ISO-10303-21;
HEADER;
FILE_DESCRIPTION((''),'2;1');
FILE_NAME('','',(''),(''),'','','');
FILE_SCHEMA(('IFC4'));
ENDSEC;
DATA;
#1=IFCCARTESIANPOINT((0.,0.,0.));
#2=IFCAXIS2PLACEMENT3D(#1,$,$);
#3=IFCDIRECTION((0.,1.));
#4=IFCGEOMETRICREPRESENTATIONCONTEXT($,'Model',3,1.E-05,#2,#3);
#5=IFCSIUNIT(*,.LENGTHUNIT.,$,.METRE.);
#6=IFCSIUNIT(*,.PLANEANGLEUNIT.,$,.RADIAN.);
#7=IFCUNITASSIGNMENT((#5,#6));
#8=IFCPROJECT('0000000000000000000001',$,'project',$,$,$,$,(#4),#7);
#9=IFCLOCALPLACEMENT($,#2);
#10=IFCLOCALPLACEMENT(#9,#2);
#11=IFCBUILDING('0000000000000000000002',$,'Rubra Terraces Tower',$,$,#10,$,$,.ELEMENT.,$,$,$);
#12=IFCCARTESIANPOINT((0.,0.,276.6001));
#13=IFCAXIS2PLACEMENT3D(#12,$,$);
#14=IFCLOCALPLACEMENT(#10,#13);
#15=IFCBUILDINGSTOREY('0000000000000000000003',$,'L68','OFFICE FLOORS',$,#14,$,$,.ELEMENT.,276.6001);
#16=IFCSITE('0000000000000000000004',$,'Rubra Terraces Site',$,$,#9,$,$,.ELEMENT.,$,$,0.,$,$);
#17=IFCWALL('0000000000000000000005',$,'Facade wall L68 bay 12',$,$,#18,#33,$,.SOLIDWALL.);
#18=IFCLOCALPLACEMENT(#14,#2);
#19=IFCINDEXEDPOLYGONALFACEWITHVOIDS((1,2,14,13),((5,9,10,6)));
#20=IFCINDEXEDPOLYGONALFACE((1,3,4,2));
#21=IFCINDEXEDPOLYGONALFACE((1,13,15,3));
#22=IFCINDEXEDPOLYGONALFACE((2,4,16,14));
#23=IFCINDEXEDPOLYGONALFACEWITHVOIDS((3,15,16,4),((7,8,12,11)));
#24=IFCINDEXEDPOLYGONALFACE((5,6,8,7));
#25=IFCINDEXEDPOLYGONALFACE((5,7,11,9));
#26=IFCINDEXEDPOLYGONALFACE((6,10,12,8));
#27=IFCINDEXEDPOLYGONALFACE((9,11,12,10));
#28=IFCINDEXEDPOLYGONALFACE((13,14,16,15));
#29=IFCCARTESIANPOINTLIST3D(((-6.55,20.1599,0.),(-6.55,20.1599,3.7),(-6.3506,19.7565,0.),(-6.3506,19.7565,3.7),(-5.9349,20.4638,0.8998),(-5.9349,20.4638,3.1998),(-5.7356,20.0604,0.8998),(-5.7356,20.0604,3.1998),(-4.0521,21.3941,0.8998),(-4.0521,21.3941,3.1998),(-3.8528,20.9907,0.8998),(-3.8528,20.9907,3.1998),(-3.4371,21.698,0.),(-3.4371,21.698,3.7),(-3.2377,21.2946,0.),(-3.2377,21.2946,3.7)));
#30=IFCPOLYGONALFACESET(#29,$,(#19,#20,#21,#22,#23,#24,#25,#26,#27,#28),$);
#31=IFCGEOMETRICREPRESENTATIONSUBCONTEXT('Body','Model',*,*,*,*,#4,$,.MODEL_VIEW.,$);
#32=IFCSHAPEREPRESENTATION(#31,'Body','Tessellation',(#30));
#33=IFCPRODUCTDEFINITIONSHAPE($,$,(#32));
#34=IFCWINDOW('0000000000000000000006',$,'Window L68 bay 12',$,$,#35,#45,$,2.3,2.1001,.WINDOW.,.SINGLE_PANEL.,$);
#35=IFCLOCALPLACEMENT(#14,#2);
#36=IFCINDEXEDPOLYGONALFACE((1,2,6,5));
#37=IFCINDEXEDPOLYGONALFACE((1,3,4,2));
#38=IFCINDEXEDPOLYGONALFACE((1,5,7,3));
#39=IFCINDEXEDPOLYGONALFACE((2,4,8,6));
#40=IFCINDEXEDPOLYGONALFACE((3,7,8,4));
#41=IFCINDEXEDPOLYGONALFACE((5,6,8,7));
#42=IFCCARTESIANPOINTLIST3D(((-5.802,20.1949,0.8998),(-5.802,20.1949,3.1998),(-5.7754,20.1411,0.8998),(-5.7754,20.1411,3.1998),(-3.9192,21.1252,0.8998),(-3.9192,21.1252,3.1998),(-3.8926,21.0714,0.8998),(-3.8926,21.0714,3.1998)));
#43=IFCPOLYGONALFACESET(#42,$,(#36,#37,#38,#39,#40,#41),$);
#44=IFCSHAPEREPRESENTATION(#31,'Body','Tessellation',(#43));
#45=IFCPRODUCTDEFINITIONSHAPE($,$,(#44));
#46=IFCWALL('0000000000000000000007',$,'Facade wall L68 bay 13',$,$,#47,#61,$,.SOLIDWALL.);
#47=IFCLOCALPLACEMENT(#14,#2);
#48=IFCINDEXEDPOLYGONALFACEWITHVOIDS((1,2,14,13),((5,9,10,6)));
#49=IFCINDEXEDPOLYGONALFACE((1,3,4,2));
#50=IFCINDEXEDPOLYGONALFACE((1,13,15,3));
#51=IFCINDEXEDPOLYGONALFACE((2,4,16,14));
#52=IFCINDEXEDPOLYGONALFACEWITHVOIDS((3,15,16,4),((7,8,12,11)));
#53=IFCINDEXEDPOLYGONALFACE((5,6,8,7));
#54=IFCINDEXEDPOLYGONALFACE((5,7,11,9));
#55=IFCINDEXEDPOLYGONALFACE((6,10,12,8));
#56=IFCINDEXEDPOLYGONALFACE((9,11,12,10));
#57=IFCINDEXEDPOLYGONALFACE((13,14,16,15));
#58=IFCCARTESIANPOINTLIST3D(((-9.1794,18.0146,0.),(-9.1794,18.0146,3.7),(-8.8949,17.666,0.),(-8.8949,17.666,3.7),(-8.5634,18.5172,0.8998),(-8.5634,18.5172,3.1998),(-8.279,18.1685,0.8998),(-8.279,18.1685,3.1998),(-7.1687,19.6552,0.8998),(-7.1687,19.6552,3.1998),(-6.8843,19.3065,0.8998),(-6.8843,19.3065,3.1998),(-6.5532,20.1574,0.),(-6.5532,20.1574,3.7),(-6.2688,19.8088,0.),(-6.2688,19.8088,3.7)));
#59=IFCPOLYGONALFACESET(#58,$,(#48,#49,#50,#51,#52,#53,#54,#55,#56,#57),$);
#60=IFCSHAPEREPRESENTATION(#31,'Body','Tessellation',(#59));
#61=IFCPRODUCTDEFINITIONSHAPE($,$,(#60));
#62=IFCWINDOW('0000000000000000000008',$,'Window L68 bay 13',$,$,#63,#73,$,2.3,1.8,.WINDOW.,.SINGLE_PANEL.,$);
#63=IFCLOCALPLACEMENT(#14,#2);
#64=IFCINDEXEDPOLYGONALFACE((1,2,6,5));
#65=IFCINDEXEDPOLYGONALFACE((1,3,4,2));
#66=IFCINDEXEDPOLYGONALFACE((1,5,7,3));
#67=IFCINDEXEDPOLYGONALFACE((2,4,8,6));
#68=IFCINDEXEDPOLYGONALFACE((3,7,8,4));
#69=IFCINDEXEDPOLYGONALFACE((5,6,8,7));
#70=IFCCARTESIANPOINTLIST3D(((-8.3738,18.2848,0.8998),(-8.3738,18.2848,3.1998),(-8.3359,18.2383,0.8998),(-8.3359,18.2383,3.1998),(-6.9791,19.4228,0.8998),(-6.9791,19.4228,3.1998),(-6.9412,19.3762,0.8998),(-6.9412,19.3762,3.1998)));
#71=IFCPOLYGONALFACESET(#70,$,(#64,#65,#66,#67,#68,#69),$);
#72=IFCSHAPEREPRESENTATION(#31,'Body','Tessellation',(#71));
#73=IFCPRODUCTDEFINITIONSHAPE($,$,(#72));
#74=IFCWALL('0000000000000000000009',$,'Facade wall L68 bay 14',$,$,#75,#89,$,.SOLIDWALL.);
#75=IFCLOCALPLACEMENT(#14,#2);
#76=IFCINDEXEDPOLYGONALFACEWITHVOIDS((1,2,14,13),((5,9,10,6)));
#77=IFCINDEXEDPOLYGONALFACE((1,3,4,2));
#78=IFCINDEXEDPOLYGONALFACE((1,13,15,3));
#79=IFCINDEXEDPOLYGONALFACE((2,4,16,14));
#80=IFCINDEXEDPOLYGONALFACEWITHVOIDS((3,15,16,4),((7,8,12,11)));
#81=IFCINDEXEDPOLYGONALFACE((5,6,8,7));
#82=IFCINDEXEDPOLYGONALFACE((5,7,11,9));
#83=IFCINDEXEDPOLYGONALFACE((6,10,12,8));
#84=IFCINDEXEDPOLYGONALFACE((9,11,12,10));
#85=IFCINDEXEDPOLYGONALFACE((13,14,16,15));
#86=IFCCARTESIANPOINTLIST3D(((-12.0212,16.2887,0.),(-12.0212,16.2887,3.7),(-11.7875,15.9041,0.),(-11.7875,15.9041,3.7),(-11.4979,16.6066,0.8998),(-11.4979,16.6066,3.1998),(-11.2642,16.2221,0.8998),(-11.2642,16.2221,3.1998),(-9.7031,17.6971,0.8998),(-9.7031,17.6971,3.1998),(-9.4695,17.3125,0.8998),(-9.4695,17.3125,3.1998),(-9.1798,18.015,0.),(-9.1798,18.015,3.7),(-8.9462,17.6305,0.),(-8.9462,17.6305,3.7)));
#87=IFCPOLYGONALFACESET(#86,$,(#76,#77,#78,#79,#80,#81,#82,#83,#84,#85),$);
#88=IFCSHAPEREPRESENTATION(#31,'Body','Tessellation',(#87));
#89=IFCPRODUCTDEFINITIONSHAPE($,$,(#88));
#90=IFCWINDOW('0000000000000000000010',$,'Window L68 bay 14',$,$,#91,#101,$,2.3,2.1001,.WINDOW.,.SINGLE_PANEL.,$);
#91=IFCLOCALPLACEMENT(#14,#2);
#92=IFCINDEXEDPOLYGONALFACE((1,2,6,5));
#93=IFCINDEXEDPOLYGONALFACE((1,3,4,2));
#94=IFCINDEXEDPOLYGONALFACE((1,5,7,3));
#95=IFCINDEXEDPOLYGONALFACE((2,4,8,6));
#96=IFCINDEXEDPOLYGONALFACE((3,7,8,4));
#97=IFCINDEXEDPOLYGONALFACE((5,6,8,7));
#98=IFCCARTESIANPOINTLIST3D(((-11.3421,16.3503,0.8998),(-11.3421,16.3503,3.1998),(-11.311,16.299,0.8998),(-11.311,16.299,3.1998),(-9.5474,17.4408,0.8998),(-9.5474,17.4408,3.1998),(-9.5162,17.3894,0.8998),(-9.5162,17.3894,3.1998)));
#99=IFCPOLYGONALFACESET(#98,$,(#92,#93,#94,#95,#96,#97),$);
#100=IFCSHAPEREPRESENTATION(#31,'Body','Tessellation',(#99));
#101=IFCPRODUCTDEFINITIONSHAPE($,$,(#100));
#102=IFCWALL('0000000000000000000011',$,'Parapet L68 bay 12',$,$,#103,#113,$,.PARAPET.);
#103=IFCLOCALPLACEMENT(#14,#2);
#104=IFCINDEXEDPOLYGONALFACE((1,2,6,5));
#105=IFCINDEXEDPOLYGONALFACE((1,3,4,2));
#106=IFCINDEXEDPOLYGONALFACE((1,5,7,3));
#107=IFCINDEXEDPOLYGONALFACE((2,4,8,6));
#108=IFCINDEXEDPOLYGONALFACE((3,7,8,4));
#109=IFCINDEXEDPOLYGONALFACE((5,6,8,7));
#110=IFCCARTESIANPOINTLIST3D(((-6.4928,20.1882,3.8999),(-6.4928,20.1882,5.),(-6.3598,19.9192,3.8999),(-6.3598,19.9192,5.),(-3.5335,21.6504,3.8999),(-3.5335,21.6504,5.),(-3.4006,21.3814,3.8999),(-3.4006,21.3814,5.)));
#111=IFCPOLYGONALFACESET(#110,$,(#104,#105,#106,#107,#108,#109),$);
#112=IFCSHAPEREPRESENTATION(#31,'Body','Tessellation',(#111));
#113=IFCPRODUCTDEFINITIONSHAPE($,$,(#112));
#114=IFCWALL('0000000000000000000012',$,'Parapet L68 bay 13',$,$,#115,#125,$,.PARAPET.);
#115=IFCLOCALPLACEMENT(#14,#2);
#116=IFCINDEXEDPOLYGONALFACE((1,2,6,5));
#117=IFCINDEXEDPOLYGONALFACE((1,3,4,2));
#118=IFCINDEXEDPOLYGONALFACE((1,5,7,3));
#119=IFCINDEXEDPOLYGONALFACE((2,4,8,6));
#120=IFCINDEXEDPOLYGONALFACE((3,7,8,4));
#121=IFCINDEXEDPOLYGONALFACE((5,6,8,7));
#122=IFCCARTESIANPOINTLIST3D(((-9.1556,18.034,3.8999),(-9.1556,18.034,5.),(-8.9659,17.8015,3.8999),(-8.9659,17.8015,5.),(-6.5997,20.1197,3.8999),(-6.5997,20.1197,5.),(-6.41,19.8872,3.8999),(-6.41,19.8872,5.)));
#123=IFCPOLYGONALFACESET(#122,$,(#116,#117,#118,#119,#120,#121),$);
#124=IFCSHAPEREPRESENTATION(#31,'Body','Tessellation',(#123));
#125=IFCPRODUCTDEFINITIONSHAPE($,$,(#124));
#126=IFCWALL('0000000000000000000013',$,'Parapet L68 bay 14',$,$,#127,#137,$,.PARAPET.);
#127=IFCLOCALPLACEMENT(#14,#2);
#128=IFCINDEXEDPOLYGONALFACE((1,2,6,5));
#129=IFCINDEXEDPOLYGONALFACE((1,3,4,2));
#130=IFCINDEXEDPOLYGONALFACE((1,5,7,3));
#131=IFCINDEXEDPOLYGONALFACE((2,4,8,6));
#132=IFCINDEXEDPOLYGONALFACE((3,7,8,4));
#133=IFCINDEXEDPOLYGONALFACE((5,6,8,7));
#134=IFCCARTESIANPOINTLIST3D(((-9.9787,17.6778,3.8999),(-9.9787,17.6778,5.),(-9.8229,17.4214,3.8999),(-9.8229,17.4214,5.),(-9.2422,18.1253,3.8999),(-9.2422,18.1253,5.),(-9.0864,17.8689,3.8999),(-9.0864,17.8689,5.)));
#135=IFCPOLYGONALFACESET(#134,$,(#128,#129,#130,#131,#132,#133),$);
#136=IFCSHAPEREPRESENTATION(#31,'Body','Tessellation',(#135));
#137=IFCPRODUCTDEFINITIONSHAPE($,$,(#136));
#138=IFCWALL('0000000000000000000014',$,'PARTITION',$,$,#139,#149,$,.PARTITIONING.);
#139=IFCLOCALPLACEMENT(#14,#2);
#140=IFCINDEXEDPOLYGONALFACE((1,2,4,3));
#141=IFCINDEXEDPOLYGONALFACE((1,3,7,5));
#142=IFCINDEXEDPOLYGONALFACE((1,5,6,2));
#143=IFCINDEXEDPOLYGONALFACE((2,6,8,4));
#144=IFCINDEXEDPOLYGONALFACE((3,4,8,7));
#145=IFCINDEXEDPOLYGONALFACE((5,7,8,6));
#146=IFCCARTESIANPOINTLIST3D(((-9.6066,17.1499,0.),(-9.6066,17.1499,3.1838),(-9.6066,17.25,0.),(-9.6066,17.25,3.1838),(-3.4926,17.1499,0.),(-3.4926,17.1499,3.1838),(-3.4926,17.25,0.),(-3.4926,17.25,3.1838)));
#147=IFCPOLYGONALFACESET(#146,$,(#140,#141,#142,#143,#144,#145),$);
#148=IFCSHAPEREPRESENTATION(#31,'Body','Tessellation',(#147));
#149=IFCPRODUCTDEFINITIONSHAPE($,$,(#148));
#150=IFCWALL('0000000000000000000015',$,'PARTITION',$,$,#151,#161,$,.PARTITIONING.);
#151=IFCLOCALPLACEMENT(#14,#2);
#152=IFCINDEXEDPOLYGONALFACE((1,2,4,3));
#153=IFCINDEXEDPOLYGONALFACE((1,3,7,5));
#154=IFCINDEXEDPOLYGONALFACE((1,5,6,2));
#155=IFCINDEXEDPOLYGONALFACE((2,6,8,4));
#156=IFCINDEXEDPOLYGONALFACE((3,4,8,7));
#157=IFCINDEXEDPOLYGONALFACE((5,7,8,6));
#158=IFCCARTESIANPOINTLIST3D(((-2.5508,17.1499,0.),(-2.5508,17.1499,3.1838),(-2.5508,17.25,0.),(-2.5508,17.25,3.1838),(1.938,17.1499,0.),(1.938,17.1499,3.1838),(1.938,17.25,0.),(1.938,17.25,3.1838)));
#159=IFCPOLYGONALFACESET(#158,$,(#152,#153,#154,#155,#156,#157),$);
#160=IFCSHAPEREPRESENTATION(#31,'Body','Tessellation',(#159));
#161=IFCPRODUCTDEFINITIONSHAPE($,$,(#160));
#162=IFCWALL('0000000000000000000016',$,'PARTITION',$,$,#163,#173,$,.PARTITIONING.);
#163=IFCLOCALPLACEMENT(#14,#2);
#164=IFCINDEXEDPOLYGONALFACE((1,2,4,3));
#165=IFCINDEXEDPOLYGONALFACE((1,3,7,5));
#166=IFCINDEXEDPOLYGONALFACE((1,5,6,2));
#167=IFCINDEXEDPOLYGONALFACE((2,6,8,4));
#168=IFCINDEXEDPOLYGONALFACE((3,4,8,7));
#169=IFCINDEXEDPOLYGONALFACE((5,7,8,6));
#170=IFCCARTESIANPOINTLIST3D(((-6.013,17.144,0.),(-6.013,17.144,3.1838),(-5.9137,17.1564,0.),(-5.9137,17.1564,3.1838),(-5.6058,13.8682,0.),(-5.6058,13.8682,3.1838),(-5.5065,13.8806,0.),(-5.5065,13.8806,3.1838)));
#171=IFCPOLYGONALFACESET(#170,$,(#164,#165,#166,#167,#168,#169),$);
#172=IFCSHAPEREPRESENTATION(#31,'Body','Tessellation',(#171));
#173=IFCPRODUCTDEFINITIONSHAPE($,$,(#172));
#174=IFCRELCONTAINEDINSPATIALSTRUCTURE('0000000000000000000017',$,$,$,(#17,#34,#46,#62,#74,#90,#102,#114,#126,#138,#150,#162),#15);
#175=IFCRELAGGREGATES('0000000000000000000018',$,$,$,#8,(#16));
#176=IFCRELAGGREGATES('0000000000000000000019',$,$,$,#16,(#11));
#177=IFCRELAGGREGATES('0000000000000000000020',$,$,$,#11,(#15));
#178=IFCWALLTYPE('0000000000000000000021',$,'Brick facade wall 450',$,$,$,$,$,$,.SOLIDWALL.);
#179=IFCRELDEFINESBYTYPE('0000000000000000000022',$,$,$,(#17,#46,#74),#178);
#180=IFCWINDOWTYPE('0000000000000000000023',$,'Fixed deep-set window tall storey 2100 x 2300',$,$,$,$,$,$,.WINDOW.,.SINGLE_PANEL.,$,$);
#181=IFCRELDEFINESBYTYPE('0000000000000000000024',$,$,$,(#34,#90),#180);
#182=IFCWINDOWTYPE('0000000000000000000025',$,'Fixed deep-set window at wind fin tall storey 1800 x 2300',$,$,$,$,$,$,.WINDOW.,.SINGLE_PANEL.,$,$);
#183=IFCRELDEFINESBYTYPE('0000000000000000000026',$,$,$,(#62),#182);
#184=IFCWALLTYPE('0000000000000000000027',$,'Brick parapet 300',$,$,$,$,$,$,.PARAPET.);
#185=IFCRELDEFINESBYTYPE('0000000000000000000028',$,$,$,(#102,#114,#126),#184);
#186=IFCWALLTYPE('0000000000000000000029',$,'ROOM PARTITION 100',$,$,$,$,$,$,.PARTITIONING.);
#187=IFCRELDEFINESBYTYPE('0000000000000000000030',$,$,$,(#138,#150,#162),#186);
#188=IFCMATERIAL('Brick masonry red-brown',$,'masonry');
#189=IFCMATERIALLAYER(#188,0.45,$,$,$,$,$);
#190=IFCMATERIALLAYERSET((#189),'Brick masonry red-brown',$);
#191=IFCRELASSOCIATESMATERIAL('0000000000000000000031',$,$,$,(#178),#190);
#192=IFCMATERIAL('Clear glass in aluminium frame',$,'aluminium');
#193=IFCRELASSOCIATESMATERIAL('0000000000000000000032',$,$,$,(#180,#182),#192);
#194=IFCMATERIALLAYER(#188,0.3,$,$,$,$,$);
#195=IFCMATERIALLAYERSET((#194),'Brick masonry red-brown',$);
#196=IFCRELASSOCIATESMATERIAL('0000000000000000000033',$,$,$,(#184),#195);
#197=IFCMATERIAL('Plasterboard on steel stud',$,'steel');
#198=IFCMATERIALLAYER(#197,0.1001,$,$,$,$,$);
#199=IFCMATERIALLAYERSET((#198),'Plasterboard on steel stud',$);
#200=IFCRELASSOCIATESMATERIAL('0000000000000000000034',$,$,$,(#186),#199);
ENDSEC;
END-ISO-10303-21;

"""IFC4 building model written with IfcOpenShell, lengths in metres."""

from ifc_helpers import new_model, si_unit, direction, frame, frame_2d, origin, place, context, subcontext, project, spatial, rectangle, extrude, material, layer, layer_set, type_object, element, fill, save


model = new_model("IFC4")

# Units and contexts
model_context = context("Model", 3, precision=1e-05, world=origin(), true_north=direction((0.0, 1.0)))
body_context = subcontext(model_context, "Body", "Model", "MODEL_VIEW")
ifc_project = project(units=[si_unit("LENGTHUNIT", "METRE"), si_unit("PLANEANGLEUNIT", "RADIAN")], contexts=[model_context])

# Site, building, storey
site_placement = place(None, origin())
site = spatial("IfcSite", under=ifc_project, at=site_placement, Name="Rubra Terraces Site", CompositionType="ELEMENT", RefElevation=0.0)
building_placement = place(site_placement, origin())
building = spatial("IfcBuilding", under=site, at=building_placement, Name="Rubra Terraces Tower", CompositionType="ELEMENT")
storey_placement = place(building_placement, frame((0.0, 0.0, 276.6001)))
storey = spatial("IfcBuildingStorey", under=building, at=storey_placement, Name="L68", Description="OFFICE FLOORS", CompositionType="ELEMENT", Elevation=276.6001)

# Walls, openings, windows
ifc_material_1 = material(Name="Brick masonry red-brown", Category="masonry")
ifc_layer_1 = layer(ifc_material_1, 0.45)
ifc_layer_set_1 = layer_set([ifc_layer_1], Name="Brick masonry red-brown")
wall_type_1 = type_object("IfcWallType", Name="Brick facade wall 450", PredefinedType="SOLIDWALL", material=ifc_layer_set_1)
wall_1_placement = place(storey_placement, frame((-3.3374, 21.4963, 0.0), z_axis=(0.0, 0.0, 1.0), x_axis=(-0.896527, -0.44299, 0.0)))
wall_1 = element("IfcWall", 1, at=wall_1_placement, inside=storey, type_object=wall_type_1, Name="Facade wall L68 bay 12", PredefinedType="SOLIDWALL", context=body_context, shape_type="SweptSolid", body=[
    extrude(rectangle(XDim=3.4722, YDim=0.45, at=frame_2d((1.7361, 0.0))), origin(), (0.0, 0.0, 1.0), 3.7),
])
opening_1_placement = place(wall_1_placement, frame((0.686, 0.0, 0.8999)))
opening_1 = element("IfcOpeningElement", 2, at=opening_1_placement, cuts=wall_1, PredefinedType="OPENING", context=body_context, shape_type="SweptSolid", body=[
    extrude(rectangle(XDim=2.1001, YDim=2.3, at=frame_2d((1.05, 1.1499))), frame((0.0, 0.2349, 0.0), z_axis=(0.0, -1.0, 0.0), x_axis=(1.0, 0.0, 0.0)), (0.0, 0.0, 1.0), 0.47),
])
ifc_material_2 = material(Name="Clear glass in aluminium frame", Category="aluminium")
window_type_1 = type_object("IfcWindowType", Name="Fixed deep-set window tall storey 2100 x 2300", PartitioningType="SINGLE_PANEL", PredefinedType="WINDOW", material=ifc_material_2)
window_1_placement = place(opening_1_placement, origin())
window_1 = element("IfcWindow", 3, at=window_1_placement, inside=storey, type_object=window_type_1, Name="Window L68 bay 12", OverallHeight=2.3, OverallWidth=2.1001, PartitioningType="SINGLE_PANEL", PredefinedType="WINDOW", context=body_context, shape_type="SweptSolid", body=[
    extrude(rectangle(XDim=2.1001, YDim=2.3, at=frame_2d((1.05, 1.1499))), frame((0.0, 0.135, 0.0), z_axis=(0.0, -1.0, 0.0), x_axis=(1.0, 0.0, 0.0)), (0.0, 0.0, 1.0), 0.0601),
])
fill(opening_1, window_1)
wall_2_placement = place(storey_placement, frame((-6.4109, 19.9832, 0.0), z_axis=(0.0, 0.0, 1.0), x_axis=(-0.77481, -0.632194, 0.0)))
wall_2 = element("IfcWall", 4, at=wall_2_placement, inside=storey, type_object=wall_type_1, Name="Facade wall L68 bay 13", PredefinedType="SOLIDWALL", context=body_context, shape_type="SweptSolid", body=[
    extrude(rectangle(XDim=3.3894, YDim=0.45, at=frame_2d((1.6948, 0.0))), origin(), (0.0, 0.0, 1.0), 3.7),
])
opening_2_placement = place(wall_2_placement, frame((0.7947, 0.0, 0.8999)))
opening_2 = element("IfcOpeningElement", 5, at=opening_2_placement, cuts=wall_2, PredefinedType="OPENING", context=body_context, shape_type="SweptSolid", body=[
    extrude(rectangle(XDim=1.8, YDim=2.3, at=frame_2d((0.8999, 1.1499))), frame((0.0, 0.2349, 0.0), z_axis=(0.0, -1.0, 0.0), x_axis=(1.0, 0.0, 0.0)), (0.0, 0.0, 1.0), 0.47),
])
window_type_2 = type_object("IfcWindowType", Name="Fixed deep-set window at wind fin tall storey 1800 x 2300", PartitioningType="SINGLE_PANEL", PredefinedType="WINDOW", material=ifc_material_2)
window_2_placement = place(opening_2_placement, origin())
window_2 = element("IfcWindow", 6, at=window_2_placement, inside=storey, type_object=window_type_2, Name="Window L68 bay 13", OverallHeight=2.3, OverallWidth=1.8, PartitioningType="SINGLE_PANEL", PredefinedType="WINDOW", context=body_context, shape_type="SweptSolid", body=[
    extrude(rectangle(XDim=1.8, YDim=2.3, at=frame_2d((0.8999, 1.1499))), frame((0.0, 0.135, 0.0), z_axis=(0.0, -1.0, 0.0), x_axis=(1.0, 0.0, 0.0)), (0.0, 0.0, 1.0), 0.0601),
])
fill(opening_2, window_2)
wall_3_placement = place(storey_placement, frame((-9.063, 17.8228, 0.0), z_axis=(0.0, 0.0, 1.0), x_axis=(-0.854622, -0.51925, 0.0)))
wall_3 = element("IfcWall", 7, at=wall_3_placement, inside=storey, type_object=wall_type_1, Name="Facade wall L68 bay 14", PredefinedType="SOLIDWALL", context=body_context, shape_type="SweptSolid", body=[
    extrude(rectangle(XDim=3.3247, YDim=0.45, at=frame_2d((1.6624, 0.0))), origin(), (0.0, 0.0, 1.0), 3.7),
])
opening_3_placement = place(wall_3_placement, frame((0.6123, 0.0, 0.8999)))
opening_3 = element("IfcOpeningElement", 8, at=opening_3_placement, cuts=wall_3, PredefinedType="OPENING", context=body_context, shape_type="SweptSolid", body=[
    extrude(rectangle(XDim=2.1001, YDim=2.3, at=frame_2d((1.05, 1.1499))), frame((0.0, 0.2349, 0.0), z_axis=(0.0, -1.0, 0.0), x_axis=(1.0, 0.0, 0.0)), (0.0, 0.0, 1.0), 0.47),
])
window_3_placement = place(opening_3_placement, origin())
window_3 = element("IfcWindow", 9, at=window_3_placement, inside=storey, type_object=window_type_1, Name="Window L68 bay 14", OverallHeight=2.3, OverallWidth=2.1001, PartitioningType="SINGLE_PANEL", PredefinedType="WINDOW", context=body_context, shape_type="SweptSolid", body=[
    extrude(rectangle(XDim=2.1001, YDim=2.3, at=frame_2d((1.05, 1.1499))), frame((0.0, 0.135, 0.0), z_axis=(0.0, -1.0, 0.0), x_axis=(1.0, 0.0, 0.0)), (0.0, 0.0, 1.0), 0.0601),
])
fill(opening_3, window_3)

# Walls
ifc_layer_2 = layer(ifc_material_1, 0.3)
ifc_layer_set_2 = layer_set([ifc_layer_2], Name="Brick masonry red-brown")
wall_type_2 = type_object("IfcWallType", Name="Brick parapet 300", PredefinedType="PARAPET", material=ifc_layer_set_2)
wall_4_placement = place(storey_placement, frame((-3.467, 21.5159, 3.8999), z_axis=(0.0, 0.0, 1.0), x_axis=(-0.896533, -0.442978, 0.0)))
element("IfcWall", 10, at=wall_4_placement, inside=storey, type_object=wall_type_2, Name="Parapet L68 bay 12", PredefinedType="PARAPET", context=body_context, shape_type="SweptSolid", body=[
    extrude(rectangle(XDim=3.3008, YDim=0.3, at=frame_2d((1.6504, 0.0))), origin(), (0.0, 0.0, 1.0), 1.1001),
])
wall_5_placement = place(storey_placement, frame((-6.5049, 20.0034, 3.8999), z_axis=(0.0, 0.0, 1.0), x_axis=(-0.774774, -0.632238, 0.0)))
element("IfcWall", 11, at=wall_5_placement, inside=storey, type_object=wall_type_2, Name="Parapet L68 bay 13", PredefinedType="PARAPET", context=body_context, shape_type="SweptSolid", body=[
    extrude(rectangle(XDim=3.2988, YDim=0.3, at=frame_2d((1.6494, 0.0))), origin(), (0.0, 0.0, 1.0), 1.1001),
])
wall_6_placement = place(storey_placement, frame((-9.1643, 17.9971, 3.8999), z_axis=(0.0, 0.0, 1.0), x_axis=(-0.85463, -0.519237, 0.0)))
element("IfcWall", 12, at=wall_6_placement, inside=storey, type_object=wall_type_2, Name="Parapet L68 bay 14", PredefinedType="PARAPET", context=body_context, shape_type="SweptSolid", body=[
    extrude(rectangle(XDim=0.8618, YDim=0.3, at=frame_2d((0.4309, 0.0))), origin(), (0.0, 0.0, 1.0), 1.1001),
])
ifc_material_3 = material(Name="Plasterboard on steel stud", Category="steel")
ifc_layer_3 = layer(ifc_material_3, 0.1001)
ifc_layer_set_3 = layer_set([ifc_layer_3], Name="Plasterboard on steel stud")
wall_type_3 = type_object("IfcWallType", Name="ROOM PARTITION 100", PredefinedType="PARTITIONING", material=ifc_layer_set_3)
wall_7_placement = place(storey_placement, frame((-9.6067, 17.2, 0.0), z_axis=(0.0, 0.0, 1.0), x_axis=(1.0, 0.0, 0.0)))
element("IfcWall", 13, at=wall_7_placement, inside=storey, type_object=wall_type_3, Name="PARTITION", PredefinedType="PARTITIONING", context=body_context, shape_type="SweptSolid", body=[
    extrude(rectangle(XDim=6.114, YDim=0.1001, at=frame_2d((3.0571, 0.0))), origin(), (0.0, 0.0, 1.0), 3.1838),
])
wall_8_placement = place(storey_placement, frame((-2.5508, 17.2, 0.0), z_axis=(0.0, 0.0, 1.0), x_axis=(1.0, 0.0, 0.0)))
element("IfcWall", 14, at=wall_8_placement, inside=storey, type_object=wall_type_3, Name="PARTITION", PredefinedType="PARTITIONING", context=body_context, shape_type="SweptSolid", body=[
    extrude(rectangle(XDim=4.4888, YDim=0.1001, at=frame_2d((2.2444, 0.0))), origin(), (0.0, 0.0, 1.0), 3.1838),
])
wall_9_placement = place(storey_placement, frame((-5.5562, 13.8745, 0.0), z_axis=(0.0, 0.0, 1.0), x_axis=(-0.123361, 0.992362, 0.0)))
element("IfcWall", 15, at=wall_9_placement, inside=storey, type_object=wall_type_3, Name="PARTITION", PredefinedType="PARTITIONING", context=body_context, shape_type="SweptSolid", body=[
    extrude(rectangle(XDim=3.301, YDim=0.1001, at=frame_2d((1.6504, 0.0))), origin(), (0.0, 0.0, 1.0), 3.1838),
])

save(model, "model.ifc")
